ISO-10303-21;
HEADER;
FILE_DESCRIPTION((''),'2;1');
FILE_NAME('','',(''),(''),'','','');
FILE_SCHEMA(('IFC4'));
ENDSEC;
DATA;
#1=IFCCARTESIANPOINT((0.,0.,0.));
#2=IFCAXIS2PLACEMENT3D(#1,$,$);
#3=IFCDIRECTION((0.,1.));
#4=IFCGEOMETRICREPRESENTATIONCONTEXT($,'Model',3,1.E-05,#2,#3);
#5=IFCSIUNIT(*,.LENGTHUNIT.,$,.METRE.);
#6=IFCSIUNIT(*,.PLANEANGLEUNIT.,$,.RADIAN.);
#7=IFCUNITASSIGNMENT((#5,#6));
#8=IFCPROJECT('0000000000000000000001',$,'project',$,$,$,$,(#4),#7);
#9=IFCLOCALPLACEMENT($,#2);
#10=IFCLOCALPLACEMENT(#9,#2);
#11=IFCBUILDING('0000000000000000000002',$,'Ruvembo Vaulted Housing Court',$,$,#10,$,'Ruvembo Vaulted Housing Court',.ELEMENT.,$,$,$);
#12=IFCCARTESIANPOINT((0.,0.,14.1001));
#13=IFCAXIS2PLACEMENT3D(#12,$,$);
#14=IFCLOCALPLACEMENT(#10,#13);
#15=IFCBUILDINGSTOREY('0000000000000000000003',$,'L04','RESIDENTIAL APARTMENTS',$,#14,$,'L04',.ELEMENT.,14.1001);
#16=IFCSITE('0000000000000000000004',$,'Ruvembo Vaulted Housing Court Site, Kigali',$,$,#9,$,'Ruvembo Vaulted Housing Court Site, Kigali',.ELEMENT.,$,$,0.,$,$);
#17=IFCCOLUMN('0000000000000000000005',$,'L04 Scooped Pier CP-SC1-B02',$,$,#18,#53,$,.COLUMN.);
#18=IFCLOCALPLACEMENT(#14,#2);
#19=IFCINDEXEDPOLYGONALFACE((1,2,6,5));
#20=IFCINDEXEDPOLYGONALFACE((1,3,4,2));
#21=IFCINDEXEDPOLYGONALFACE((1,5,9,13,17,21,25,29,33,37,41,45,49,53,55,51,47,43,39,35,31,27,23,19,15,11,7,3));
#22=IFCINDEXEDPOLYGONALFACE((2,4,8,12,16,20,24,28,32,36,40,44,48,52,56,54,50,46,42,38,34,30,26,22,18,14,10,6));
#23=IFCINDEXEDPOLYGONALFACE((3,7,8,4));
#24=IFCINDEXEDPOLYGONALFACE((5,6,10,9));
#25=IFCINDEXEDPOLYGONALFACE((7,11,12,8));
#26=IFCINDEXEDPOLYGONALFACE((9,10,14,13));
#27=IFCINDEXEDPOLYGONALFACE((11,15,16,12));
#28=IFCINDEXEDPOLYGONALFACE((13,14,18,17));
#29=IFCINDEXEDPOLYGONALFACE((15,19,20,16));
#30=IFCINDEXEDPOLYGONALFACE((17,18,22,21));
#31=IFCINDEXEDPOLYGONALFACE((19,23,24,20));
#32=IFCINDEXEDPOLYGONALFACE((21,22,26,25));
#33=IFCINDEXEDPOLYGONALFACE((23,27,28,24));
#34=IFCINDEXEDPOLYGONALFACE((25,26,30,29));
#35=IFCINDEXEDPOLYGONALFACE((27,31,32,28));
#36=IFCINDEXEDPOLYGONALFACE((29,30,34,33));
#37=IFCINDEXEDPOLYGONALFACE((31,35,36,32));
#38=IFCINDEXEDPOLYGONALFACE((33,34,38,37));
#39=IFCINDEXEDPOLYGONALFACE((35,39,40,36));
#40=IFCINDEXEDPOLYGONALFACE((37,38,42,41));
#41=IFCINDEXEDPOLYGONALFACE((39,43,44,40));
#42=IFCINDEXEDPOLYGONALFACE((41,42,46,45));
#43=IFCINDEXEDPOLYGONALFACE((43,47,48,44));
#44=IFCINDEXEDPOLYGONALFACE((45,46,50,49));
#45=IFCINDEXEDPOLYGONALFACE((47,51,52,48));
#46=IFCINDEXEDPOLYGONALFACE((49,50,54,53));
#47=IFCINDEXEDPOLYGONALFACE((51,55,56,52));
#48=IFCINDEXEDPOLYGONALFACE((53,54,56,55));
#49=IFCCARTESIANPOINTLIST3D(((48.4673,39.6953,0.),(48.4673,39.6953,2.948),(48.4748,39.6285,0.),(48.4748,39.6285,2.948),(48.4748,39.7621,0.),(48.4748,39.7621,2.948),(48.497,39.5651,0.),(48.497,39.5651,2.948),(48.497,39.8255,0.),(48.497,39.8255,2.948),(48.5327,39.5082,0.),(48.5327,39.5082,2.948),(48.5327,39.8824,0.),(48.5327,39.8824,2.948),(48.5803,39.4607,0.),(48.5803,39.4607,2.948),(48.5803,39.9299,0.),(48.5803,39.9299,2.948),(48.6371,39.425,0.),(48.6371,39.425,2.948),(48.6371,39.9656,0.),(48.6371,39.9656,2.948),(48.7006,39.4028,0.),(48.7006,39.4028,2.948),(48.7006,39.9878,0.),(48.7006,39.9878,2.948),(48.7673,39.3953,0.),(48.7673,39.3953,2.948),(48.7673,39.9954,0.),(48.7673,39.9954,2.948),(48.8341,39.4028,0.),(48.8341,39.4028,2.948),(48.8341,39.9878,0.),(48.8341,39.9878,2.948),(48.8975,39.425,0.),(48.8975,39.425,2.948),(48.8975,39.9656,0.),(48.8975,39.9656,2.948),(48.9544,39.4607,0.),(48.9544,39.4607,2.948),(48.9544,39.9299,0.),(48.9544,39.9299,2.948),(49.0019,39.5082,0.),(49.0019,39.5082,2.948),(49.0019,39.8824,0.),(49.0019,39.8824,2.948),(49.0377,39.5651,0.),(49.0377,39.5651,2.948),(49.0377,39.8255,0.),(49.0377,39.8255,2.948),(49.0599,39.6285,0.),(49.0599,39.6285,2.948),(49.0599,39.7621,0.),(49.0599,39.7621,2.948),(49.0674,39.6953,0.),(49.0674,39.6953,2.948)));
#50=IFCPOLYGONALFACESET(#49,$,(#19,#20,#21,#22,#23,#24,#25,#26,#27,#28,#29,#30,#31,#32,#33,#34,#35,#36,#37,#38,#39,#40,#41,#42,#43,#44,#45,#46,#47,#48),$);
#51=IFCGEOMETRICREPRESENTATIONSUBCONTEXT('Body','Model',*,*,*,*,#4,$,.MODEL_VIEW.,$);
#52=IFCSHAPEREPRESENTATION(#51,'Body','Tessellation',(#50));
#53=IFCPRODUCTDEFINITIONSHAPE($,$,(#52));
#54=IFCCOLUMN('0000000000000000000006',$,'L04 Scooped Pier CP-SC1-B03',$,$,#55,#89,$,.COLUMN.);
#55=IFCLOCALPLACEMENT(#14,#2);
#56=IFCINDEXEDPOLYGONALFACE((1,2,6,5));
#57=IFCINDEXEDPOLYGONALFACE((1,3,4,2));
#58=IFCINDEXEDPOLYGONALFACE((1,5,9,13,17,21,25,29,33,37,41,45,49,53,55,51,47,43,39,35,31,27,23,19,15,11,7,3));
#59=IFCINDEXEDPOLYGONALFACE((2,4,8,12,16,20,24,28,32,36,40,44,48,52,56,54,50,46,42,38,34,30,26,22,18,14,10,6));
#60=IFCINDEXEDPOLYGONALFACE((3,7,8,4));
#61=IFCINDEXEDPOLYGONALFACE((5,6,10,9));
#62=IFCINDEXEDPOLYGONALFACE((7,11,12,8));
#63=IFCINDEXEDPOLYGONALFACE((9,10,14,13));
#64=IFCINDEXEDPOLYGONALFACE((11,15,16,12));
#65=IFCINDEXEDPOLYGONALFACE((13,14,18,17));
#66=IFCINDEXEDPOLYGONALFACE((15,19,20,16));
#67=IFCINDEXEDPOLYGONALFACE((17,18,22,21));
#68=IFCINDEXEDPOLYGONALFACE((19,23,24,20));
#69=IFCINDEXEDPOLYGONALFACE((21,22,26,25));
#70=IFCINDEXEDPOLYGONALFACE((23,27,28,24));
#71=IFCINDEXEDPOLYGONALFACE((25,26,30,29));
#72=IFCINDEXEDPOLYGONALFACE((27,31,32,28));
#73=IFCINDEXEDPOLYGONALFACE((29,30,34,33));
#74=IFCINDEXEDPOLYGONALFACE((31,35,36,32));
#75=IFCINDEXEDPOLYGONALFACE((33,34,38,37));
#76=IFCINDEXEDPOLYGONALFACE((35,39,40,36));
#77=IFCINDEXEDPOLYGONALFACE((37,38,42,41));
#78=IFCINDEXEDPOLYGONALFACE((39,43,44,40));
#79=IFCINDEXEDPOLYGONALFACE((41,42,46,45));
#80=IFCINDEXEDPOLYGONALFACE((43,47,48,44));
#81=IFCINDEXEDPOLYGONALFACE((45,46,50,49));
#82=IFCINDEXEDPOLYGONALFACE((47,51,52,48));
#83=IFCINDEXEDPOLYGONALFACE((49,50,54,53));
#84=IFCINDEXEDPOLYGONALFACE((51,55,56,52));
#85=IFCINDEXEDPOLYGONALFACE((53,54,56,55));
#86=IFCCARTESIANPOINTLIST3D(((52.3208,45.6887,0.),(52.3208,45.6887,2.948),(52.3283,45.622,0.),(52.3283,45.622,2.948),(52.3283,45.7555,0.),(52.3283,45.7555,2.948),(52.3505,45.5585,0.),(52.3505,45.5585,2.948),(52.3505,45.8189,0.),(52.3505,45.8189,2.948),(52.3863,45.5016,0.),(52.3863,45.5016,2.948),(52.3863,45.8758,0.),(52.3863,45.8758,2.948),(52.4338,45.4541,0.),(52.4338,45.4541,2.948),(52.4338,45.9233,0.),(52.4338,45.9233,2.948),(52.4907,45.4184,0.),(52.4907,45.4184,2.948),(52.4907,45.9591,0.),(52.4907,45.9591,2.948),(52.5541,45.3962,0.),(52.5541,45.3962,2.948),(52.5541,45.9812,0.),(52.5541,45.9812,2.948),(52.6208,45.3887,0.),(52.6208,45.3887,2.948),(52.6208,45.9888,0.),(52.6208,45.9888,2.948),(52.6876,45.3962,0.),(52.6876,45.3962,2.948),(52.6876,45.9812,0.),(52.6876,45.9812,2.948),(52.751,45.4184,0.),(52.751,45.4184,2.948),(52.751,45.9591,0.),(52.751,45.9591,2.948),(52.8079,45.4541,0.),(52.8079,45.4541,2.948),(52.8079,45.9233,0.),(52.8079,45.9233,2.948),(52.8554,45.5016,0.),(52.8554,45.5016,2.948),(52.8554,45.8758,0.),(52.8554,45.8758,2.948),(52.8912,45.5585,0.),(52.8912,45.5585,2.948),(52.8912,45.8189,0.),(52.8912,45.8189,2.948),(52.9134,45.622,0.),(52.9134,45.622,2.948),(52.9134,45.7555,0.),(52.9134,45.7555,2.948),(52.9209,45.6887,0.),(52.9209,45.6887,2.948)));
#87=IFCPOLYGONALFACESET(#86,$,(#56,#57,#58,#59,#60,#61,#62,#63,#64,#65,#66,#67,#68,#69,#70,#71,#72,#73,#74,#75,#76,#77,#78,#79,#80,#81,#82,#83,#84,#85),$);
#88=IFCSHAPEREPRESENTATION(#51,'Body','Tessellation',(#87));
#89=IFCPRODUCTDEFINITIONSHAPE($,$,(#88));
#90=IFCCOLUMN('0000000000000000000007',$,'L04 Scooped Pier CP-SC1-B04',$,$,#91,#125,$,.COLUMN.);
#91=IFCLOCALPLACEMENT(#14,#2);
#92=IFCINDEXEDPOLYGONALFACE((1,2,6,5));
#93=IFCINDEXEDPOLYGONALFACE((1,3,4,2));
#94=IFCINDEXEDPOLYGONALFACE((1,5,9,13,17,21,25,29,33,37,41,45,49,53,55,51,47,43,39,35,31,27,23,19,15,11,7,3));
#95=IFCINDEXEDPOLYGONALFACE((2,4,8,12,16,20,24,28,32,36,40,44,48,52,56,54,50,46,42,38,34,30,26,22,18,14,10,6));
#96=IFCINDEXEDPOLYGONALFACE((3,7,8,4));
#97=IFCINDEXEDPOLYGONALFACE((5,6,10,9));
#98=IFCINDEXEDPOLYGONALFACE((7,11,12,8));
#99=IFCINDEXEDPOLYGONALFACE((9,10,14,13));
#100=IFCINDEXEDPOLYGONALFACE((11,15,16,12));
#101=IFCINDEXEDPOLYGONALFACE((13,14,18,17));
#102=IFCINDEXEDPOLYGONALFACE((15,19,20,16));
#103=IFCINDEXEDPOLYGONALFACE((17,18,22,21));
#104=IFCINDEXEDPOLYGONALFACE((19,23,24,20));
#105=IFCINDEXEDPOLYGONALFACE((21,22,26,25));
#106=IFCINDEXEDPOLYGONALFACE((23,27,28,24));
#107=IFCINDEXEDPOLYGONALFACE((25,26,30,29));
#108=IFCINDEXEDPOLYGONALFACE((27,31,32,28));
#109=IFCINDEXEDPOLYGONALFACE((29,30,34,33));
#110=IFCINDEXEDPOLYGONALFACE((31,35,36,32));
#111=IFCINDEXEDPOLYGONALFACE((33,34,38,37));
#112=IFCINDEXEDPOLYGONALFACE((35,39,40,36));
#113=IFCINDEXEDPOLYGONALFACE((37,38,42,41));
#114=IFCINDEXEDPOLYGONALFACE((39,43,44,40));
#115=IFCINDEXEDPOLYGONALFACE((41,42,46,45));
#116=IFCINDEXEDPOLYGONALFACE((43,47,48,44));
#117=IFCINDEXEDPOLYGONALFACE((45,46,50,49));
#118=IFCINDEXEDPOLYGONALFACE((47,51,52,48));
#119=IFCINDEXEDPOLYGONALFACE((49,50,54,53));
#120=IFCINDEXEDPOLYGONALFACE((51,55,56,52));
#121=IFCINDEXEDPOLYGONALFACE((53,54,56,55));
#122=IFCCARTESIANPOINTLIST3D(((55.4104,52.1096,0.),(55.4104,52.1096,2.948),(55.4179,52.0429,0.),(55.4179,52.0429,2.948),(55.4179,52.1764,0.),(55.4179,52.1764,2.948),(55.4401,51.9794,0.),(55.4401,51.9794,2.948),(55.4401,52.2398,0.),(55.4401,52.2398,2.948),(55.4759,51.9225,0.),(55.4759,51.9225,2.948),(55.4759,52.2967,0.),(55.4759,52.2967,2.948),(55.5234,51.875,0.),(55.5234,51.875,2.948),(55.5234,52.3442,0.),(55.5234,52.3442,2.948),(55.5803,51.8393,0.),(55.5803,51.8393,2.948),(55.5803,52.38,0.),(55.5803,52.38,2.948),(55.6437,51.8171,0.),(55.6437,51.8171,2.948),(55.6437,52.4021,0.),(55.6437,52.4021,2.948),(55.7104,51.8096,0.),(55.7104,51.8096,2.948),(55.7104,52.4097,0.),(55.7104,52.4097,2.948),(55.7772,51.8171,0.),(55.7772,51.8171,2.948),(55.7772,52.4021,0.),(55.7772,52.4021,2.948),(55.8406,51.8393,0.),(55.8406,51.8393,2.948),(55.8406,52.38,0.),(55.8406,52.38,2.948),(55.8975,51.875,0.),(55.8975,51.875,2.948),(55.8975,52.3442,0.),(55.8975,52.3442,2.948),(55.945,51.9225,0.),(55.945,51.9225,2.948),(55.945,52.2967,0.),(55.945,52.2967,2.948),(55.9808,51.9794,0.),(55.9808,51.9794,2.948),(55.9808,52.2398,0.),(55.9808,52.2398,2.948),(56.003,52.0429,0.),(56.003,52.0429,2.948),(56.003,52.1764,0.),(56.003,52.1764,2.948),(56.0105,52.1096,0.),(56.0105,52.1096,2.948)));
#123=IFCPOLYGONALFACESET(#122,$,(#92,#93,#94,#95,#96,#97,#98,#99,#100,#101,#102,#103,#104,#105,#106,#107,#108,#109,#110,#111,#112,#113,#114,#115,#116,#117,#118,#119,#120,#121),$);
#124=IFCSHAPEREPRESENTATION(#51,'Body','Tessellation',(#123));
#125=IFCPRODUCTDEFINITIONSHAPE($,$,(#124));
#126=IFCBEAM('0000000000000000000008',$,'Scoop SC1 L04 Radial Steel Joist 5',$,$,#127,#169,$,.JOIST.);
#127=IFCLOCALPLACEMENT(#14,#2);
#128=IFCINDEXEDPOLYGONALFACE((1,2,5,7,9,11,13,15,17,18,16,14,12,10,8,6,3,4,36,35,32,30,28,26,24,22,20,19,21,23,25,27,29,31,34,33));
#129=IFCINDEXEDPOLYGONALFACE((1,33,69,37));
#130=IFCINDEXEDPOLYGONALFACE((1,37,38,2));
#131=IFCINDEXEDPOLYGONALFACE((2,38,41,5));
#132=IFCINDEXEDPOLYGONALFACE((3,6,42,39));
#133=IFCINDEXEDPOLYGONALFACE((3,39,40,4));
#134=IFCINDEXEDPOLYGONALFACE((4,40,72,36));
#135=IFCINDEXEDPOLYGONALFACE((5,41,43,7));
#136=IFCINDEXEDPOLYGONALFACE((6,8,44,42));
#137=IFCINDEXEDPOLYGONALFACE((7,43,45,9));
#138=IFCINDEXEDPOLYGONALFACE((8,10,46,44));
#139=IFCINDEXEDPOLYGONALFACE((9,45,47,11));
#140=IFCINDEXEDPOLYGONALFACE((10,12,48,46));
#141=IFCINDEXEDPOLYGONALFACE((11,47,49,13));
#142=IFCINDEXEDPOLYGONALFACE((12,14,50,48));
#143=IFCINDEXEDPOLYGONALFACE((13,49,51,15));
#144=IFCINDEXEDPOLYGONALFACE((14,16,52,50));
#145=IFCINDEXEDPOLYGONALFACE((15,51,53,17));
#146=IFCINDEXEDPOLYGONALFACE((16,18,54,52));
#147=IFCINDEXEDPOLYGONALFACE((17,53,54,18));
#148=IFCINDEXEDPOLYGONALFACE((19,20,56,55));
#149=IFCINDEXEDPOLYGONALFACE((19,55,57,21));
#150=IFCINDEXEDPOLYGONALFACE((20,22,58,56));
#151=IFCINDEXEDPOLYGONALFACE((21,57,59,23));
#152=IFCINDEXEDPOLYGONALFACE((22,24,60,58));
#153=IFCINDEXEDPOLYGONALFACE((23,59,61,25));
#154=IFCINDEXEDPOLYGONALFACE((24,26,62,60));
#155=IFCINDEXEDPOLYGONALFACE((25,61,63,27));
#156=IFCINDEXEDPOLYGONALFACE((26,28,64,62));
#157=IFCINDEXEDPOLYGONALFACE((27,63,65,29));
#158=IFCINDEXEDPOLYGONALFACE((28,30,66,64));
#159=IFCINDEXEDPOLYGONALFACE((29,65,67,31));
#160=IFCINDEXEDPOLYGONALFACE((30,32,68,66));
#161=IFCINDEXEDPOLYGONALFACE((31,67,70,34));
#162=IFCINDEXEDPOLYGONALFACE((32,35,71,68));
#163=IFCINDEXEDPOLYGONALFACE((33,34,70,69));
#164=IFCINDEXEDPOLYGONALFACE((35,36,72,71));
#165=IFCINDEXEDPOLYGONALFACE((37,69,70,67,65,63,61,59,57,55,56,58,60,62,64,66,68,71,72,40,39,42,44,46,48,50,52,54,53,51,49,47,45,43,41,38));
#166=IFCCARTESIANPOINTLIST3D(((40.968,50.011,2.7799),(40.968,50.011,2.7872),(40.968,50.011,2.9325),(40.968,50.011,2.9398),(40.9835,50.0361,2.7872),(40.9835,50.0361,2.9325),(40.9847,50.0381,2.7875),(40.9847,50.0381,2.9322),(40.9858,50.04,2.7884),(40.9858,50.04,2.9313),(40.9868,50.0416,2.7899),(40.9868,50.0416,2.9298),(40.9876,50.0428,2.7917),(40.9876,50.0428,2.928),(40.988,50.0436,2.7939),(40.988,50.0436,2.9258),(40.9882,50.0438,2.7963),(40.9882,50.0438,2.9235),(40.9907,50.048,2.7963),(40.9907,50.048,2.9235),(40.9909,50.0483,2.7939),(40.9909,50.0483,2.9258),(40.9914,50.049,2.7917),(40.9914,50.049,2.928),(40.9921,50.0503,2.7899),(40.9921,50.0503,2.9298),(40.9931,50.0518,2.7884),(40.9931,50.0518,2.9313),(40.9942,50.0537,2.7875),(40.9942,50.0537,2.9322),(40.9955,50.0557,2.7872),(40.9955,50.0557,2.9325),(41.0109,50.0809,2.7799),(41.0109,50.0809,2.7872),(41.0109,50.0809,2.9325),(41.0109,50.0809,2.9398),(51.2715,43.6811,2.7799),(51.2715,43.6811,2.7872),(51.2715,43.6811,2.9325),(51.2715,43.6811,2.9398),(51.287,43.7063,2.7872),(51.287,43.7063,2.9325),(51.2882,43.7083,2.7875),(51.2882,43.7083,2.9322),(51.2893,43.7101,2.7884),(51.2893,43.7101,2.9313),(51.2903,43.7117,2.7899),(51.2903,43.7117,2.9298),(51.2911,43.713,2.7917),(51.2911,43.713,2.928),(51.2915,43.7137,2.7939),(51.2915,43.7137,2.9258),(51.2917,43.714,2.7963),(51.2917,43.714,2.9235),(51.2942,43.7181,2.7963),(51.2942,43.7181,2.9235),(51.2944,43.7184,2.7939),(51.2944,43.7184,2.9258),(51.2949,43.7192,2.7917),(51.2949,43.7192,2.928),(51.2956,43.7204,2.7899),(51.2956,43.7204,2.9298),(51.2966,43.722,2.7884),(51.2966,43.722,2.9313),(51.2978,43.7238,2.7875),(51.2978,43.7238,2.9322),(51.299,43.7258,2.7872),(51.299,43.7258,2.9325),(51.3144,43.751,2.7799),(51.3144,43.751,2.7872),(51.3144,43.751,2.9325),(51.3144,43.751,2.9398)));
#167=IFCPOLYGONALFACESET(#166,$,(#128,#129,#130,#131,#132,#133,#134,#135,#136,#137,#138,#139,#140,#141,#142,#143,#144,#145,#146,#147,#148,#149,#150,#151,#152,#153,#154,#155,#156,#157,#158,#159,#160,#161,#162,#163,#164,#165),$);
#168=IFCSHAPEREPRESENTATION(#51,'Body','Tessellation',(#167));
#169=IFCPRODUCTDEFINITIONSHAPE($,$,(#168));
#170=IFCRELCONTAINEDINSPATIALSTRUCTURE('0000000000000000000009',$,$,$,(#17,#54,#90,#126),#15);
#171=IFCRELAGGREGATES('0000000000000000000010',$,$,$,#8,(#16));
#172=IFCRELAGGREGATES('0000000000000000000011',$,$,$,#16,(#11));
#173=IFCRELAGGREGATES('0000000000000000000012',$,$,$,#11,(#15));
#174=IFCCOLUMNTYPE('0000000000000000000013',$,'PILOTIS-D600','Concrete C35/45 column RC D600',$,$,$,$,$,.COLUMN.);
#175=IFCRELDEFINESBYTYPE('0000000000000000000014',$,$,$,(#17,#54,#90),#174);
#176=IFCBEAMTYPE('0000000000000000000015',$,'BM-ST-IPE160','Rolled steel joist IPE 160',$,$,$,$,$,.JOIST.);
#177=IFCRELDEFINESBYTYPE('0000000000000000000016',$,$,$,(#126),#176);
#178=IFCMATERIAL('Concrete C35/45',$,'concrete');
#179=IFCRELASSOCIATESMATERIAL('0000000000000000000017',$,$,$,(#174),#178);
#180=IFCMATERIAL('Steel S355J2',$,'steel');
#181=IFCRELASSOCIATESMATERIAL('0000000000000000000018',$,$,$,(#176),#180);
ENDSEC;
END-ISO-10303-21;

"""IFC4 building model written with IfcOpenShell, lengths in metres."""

from ifc_helpers import new_model, si_unit, direction, frame, origin, origin_2d, place, context, subcontext, project, spatial, circle, i_section, extrude, material, material_profile, profile_set, type_object, element, save


model = new_model("IFC4")

# Units and contexts
model_context = context("Model", 3, precision=1e-05, world=origin(), true_north=direction((0.0, 1.0)))
body_context = subcontext(model_context, "Body", "Model", "MODEL_VIEW")
ifc_project = project(units=[si_unit("LENGTHUNIT", "METRE"), si_unit("PLANEANGLEUNIT", "RADIAN")], contexts=[model_context])

# Site, building, storey
site_placement = place(None, origin())
site = spatial("IfcSite", under=ifc_project, at=site_placement, Name="Ruvembo Vaulted Housing Court Site, Kigali", LongName="Ruvembo Vaulted Housing Court Site, Kigali", CompositionType="ELEMENT", RefElevation=0.0)
building_placement = place(site_placement, origin())
building = spatial("IfcBuilding", under=site, at=building_placement, Name="Ruvembo Vaulted Housing Court", LongName="Ruvembo Vaulted Housing Court", CompositionType="ELEMENT")
storey_placement = place(building_placement, frame((0.0, 0.0, 14.1001)))
storey = spatial("IfcBuildingStorey", under=building, at=storey_placement, Name="L04", Description="RESIDENTIAL APARTMENTS", LongName="L04", CompositionType="ELEMENT", Elevation=14.1001)

# Columns
ifc_material_1 = material(Name="Concrete C35/45", Category="concrete")
ifc_material_profile_1 = material_profile(ifc_material_1, circle(Radius=0.3, at=origin_2d()), Name="RC D600")
ifc_profile_set_1 = profile_set([ifc_material_profile_1], Name="Concrete C35/45")
column_type = type_object("IfcColumnType", Name="PILOTIS-D600", Description="Concrete C35/45 column RC D600", PredefinedType="COLUMN", material=ifc_profile_set_1)
for number, where, z_axis, x_axis, name in (
    (1, (48.7673, 39.6953, 0.0), (0.0, 0.0, 1.0), (1.0, 0.0, 0.0), "L04 Scooped Pier CP-SC1-B02"),
    (2, (52.6208, 45.6887, 0.0), (0.0, 0.0, 1.0), (1.0, 0.0, 0.0), "L04 Scooped Pier CP-SC1-B03"),
    (3, (55.7104, 52.1096, 0.0), (0.0, 0.0, 1.0), (1.0, 0.0, 0.0), "L04 Scooped Pier CP-SC1-B04"),
):
    element("IfcColumn", number, at=place(storey_placement, frame(where, z_axis=z_axis, x_axis=x_axis)), inside=storey, type_object=column_type, Name=name, PredefinedType="COLUMN", context=body_context, shape_type="SweptSolid", body=[
        extrude(circle(Radius=0.3, at=origin_2d()), origin(), (0.0, 0.0, 1.0), 2.948),
    ])

# Beam
ifc_material_2 = material(Name="Steel S355J2", Category="steel")
ifc_material_profile_2 = material_profile(ifc_material_2, i_section(OverallWidth=0.082, OverallDepth=0.1599, WebThickness=0.0049, FlangeThickness=0.0073, FilletRadius=0.009, at=origin_2d()), Name="IPE 160")
ifc_profile_set_2 = profile_set([ifc_material_profile_2], Name="Steel S355J2")
beam_type_1 = type_object("IfcBeamType", Name="BM-ST-IPE160", Description="Rolled steel joist IPE 160", PredefinedType="JOIST", material=ifc_profile_set_2)
for number, where, z_axis, x_axis, name in (
    (4, (51.293, 43.7161, 2.8599), (-0.852055, 0.523452, 0.0), (-0.523452, -0.852055, 0.0), "Scoop SC1 L04 Radial Steel Joist 5"),
):
    element("IfcBeam", number, at=place(storey_placement, frame(where, z_axis=z_axis, x_axis=x_axis)), inside=storey, type_object=beam_type_1, Name=name, PredefinedType="JOIST", context=body_context, shape_type="SweptSolid", body=[
        extrude(i_section(OverallWidth=0.082, OverallDepth=0.1599, WebThickness=0.0049, FlangeThickness=0.0073, FilletRadius=0.009, at=origin_2d()), origin(), (0.0, 0.0, 1.0), 12.0925),
    ])

save(model, "model.ifc")
